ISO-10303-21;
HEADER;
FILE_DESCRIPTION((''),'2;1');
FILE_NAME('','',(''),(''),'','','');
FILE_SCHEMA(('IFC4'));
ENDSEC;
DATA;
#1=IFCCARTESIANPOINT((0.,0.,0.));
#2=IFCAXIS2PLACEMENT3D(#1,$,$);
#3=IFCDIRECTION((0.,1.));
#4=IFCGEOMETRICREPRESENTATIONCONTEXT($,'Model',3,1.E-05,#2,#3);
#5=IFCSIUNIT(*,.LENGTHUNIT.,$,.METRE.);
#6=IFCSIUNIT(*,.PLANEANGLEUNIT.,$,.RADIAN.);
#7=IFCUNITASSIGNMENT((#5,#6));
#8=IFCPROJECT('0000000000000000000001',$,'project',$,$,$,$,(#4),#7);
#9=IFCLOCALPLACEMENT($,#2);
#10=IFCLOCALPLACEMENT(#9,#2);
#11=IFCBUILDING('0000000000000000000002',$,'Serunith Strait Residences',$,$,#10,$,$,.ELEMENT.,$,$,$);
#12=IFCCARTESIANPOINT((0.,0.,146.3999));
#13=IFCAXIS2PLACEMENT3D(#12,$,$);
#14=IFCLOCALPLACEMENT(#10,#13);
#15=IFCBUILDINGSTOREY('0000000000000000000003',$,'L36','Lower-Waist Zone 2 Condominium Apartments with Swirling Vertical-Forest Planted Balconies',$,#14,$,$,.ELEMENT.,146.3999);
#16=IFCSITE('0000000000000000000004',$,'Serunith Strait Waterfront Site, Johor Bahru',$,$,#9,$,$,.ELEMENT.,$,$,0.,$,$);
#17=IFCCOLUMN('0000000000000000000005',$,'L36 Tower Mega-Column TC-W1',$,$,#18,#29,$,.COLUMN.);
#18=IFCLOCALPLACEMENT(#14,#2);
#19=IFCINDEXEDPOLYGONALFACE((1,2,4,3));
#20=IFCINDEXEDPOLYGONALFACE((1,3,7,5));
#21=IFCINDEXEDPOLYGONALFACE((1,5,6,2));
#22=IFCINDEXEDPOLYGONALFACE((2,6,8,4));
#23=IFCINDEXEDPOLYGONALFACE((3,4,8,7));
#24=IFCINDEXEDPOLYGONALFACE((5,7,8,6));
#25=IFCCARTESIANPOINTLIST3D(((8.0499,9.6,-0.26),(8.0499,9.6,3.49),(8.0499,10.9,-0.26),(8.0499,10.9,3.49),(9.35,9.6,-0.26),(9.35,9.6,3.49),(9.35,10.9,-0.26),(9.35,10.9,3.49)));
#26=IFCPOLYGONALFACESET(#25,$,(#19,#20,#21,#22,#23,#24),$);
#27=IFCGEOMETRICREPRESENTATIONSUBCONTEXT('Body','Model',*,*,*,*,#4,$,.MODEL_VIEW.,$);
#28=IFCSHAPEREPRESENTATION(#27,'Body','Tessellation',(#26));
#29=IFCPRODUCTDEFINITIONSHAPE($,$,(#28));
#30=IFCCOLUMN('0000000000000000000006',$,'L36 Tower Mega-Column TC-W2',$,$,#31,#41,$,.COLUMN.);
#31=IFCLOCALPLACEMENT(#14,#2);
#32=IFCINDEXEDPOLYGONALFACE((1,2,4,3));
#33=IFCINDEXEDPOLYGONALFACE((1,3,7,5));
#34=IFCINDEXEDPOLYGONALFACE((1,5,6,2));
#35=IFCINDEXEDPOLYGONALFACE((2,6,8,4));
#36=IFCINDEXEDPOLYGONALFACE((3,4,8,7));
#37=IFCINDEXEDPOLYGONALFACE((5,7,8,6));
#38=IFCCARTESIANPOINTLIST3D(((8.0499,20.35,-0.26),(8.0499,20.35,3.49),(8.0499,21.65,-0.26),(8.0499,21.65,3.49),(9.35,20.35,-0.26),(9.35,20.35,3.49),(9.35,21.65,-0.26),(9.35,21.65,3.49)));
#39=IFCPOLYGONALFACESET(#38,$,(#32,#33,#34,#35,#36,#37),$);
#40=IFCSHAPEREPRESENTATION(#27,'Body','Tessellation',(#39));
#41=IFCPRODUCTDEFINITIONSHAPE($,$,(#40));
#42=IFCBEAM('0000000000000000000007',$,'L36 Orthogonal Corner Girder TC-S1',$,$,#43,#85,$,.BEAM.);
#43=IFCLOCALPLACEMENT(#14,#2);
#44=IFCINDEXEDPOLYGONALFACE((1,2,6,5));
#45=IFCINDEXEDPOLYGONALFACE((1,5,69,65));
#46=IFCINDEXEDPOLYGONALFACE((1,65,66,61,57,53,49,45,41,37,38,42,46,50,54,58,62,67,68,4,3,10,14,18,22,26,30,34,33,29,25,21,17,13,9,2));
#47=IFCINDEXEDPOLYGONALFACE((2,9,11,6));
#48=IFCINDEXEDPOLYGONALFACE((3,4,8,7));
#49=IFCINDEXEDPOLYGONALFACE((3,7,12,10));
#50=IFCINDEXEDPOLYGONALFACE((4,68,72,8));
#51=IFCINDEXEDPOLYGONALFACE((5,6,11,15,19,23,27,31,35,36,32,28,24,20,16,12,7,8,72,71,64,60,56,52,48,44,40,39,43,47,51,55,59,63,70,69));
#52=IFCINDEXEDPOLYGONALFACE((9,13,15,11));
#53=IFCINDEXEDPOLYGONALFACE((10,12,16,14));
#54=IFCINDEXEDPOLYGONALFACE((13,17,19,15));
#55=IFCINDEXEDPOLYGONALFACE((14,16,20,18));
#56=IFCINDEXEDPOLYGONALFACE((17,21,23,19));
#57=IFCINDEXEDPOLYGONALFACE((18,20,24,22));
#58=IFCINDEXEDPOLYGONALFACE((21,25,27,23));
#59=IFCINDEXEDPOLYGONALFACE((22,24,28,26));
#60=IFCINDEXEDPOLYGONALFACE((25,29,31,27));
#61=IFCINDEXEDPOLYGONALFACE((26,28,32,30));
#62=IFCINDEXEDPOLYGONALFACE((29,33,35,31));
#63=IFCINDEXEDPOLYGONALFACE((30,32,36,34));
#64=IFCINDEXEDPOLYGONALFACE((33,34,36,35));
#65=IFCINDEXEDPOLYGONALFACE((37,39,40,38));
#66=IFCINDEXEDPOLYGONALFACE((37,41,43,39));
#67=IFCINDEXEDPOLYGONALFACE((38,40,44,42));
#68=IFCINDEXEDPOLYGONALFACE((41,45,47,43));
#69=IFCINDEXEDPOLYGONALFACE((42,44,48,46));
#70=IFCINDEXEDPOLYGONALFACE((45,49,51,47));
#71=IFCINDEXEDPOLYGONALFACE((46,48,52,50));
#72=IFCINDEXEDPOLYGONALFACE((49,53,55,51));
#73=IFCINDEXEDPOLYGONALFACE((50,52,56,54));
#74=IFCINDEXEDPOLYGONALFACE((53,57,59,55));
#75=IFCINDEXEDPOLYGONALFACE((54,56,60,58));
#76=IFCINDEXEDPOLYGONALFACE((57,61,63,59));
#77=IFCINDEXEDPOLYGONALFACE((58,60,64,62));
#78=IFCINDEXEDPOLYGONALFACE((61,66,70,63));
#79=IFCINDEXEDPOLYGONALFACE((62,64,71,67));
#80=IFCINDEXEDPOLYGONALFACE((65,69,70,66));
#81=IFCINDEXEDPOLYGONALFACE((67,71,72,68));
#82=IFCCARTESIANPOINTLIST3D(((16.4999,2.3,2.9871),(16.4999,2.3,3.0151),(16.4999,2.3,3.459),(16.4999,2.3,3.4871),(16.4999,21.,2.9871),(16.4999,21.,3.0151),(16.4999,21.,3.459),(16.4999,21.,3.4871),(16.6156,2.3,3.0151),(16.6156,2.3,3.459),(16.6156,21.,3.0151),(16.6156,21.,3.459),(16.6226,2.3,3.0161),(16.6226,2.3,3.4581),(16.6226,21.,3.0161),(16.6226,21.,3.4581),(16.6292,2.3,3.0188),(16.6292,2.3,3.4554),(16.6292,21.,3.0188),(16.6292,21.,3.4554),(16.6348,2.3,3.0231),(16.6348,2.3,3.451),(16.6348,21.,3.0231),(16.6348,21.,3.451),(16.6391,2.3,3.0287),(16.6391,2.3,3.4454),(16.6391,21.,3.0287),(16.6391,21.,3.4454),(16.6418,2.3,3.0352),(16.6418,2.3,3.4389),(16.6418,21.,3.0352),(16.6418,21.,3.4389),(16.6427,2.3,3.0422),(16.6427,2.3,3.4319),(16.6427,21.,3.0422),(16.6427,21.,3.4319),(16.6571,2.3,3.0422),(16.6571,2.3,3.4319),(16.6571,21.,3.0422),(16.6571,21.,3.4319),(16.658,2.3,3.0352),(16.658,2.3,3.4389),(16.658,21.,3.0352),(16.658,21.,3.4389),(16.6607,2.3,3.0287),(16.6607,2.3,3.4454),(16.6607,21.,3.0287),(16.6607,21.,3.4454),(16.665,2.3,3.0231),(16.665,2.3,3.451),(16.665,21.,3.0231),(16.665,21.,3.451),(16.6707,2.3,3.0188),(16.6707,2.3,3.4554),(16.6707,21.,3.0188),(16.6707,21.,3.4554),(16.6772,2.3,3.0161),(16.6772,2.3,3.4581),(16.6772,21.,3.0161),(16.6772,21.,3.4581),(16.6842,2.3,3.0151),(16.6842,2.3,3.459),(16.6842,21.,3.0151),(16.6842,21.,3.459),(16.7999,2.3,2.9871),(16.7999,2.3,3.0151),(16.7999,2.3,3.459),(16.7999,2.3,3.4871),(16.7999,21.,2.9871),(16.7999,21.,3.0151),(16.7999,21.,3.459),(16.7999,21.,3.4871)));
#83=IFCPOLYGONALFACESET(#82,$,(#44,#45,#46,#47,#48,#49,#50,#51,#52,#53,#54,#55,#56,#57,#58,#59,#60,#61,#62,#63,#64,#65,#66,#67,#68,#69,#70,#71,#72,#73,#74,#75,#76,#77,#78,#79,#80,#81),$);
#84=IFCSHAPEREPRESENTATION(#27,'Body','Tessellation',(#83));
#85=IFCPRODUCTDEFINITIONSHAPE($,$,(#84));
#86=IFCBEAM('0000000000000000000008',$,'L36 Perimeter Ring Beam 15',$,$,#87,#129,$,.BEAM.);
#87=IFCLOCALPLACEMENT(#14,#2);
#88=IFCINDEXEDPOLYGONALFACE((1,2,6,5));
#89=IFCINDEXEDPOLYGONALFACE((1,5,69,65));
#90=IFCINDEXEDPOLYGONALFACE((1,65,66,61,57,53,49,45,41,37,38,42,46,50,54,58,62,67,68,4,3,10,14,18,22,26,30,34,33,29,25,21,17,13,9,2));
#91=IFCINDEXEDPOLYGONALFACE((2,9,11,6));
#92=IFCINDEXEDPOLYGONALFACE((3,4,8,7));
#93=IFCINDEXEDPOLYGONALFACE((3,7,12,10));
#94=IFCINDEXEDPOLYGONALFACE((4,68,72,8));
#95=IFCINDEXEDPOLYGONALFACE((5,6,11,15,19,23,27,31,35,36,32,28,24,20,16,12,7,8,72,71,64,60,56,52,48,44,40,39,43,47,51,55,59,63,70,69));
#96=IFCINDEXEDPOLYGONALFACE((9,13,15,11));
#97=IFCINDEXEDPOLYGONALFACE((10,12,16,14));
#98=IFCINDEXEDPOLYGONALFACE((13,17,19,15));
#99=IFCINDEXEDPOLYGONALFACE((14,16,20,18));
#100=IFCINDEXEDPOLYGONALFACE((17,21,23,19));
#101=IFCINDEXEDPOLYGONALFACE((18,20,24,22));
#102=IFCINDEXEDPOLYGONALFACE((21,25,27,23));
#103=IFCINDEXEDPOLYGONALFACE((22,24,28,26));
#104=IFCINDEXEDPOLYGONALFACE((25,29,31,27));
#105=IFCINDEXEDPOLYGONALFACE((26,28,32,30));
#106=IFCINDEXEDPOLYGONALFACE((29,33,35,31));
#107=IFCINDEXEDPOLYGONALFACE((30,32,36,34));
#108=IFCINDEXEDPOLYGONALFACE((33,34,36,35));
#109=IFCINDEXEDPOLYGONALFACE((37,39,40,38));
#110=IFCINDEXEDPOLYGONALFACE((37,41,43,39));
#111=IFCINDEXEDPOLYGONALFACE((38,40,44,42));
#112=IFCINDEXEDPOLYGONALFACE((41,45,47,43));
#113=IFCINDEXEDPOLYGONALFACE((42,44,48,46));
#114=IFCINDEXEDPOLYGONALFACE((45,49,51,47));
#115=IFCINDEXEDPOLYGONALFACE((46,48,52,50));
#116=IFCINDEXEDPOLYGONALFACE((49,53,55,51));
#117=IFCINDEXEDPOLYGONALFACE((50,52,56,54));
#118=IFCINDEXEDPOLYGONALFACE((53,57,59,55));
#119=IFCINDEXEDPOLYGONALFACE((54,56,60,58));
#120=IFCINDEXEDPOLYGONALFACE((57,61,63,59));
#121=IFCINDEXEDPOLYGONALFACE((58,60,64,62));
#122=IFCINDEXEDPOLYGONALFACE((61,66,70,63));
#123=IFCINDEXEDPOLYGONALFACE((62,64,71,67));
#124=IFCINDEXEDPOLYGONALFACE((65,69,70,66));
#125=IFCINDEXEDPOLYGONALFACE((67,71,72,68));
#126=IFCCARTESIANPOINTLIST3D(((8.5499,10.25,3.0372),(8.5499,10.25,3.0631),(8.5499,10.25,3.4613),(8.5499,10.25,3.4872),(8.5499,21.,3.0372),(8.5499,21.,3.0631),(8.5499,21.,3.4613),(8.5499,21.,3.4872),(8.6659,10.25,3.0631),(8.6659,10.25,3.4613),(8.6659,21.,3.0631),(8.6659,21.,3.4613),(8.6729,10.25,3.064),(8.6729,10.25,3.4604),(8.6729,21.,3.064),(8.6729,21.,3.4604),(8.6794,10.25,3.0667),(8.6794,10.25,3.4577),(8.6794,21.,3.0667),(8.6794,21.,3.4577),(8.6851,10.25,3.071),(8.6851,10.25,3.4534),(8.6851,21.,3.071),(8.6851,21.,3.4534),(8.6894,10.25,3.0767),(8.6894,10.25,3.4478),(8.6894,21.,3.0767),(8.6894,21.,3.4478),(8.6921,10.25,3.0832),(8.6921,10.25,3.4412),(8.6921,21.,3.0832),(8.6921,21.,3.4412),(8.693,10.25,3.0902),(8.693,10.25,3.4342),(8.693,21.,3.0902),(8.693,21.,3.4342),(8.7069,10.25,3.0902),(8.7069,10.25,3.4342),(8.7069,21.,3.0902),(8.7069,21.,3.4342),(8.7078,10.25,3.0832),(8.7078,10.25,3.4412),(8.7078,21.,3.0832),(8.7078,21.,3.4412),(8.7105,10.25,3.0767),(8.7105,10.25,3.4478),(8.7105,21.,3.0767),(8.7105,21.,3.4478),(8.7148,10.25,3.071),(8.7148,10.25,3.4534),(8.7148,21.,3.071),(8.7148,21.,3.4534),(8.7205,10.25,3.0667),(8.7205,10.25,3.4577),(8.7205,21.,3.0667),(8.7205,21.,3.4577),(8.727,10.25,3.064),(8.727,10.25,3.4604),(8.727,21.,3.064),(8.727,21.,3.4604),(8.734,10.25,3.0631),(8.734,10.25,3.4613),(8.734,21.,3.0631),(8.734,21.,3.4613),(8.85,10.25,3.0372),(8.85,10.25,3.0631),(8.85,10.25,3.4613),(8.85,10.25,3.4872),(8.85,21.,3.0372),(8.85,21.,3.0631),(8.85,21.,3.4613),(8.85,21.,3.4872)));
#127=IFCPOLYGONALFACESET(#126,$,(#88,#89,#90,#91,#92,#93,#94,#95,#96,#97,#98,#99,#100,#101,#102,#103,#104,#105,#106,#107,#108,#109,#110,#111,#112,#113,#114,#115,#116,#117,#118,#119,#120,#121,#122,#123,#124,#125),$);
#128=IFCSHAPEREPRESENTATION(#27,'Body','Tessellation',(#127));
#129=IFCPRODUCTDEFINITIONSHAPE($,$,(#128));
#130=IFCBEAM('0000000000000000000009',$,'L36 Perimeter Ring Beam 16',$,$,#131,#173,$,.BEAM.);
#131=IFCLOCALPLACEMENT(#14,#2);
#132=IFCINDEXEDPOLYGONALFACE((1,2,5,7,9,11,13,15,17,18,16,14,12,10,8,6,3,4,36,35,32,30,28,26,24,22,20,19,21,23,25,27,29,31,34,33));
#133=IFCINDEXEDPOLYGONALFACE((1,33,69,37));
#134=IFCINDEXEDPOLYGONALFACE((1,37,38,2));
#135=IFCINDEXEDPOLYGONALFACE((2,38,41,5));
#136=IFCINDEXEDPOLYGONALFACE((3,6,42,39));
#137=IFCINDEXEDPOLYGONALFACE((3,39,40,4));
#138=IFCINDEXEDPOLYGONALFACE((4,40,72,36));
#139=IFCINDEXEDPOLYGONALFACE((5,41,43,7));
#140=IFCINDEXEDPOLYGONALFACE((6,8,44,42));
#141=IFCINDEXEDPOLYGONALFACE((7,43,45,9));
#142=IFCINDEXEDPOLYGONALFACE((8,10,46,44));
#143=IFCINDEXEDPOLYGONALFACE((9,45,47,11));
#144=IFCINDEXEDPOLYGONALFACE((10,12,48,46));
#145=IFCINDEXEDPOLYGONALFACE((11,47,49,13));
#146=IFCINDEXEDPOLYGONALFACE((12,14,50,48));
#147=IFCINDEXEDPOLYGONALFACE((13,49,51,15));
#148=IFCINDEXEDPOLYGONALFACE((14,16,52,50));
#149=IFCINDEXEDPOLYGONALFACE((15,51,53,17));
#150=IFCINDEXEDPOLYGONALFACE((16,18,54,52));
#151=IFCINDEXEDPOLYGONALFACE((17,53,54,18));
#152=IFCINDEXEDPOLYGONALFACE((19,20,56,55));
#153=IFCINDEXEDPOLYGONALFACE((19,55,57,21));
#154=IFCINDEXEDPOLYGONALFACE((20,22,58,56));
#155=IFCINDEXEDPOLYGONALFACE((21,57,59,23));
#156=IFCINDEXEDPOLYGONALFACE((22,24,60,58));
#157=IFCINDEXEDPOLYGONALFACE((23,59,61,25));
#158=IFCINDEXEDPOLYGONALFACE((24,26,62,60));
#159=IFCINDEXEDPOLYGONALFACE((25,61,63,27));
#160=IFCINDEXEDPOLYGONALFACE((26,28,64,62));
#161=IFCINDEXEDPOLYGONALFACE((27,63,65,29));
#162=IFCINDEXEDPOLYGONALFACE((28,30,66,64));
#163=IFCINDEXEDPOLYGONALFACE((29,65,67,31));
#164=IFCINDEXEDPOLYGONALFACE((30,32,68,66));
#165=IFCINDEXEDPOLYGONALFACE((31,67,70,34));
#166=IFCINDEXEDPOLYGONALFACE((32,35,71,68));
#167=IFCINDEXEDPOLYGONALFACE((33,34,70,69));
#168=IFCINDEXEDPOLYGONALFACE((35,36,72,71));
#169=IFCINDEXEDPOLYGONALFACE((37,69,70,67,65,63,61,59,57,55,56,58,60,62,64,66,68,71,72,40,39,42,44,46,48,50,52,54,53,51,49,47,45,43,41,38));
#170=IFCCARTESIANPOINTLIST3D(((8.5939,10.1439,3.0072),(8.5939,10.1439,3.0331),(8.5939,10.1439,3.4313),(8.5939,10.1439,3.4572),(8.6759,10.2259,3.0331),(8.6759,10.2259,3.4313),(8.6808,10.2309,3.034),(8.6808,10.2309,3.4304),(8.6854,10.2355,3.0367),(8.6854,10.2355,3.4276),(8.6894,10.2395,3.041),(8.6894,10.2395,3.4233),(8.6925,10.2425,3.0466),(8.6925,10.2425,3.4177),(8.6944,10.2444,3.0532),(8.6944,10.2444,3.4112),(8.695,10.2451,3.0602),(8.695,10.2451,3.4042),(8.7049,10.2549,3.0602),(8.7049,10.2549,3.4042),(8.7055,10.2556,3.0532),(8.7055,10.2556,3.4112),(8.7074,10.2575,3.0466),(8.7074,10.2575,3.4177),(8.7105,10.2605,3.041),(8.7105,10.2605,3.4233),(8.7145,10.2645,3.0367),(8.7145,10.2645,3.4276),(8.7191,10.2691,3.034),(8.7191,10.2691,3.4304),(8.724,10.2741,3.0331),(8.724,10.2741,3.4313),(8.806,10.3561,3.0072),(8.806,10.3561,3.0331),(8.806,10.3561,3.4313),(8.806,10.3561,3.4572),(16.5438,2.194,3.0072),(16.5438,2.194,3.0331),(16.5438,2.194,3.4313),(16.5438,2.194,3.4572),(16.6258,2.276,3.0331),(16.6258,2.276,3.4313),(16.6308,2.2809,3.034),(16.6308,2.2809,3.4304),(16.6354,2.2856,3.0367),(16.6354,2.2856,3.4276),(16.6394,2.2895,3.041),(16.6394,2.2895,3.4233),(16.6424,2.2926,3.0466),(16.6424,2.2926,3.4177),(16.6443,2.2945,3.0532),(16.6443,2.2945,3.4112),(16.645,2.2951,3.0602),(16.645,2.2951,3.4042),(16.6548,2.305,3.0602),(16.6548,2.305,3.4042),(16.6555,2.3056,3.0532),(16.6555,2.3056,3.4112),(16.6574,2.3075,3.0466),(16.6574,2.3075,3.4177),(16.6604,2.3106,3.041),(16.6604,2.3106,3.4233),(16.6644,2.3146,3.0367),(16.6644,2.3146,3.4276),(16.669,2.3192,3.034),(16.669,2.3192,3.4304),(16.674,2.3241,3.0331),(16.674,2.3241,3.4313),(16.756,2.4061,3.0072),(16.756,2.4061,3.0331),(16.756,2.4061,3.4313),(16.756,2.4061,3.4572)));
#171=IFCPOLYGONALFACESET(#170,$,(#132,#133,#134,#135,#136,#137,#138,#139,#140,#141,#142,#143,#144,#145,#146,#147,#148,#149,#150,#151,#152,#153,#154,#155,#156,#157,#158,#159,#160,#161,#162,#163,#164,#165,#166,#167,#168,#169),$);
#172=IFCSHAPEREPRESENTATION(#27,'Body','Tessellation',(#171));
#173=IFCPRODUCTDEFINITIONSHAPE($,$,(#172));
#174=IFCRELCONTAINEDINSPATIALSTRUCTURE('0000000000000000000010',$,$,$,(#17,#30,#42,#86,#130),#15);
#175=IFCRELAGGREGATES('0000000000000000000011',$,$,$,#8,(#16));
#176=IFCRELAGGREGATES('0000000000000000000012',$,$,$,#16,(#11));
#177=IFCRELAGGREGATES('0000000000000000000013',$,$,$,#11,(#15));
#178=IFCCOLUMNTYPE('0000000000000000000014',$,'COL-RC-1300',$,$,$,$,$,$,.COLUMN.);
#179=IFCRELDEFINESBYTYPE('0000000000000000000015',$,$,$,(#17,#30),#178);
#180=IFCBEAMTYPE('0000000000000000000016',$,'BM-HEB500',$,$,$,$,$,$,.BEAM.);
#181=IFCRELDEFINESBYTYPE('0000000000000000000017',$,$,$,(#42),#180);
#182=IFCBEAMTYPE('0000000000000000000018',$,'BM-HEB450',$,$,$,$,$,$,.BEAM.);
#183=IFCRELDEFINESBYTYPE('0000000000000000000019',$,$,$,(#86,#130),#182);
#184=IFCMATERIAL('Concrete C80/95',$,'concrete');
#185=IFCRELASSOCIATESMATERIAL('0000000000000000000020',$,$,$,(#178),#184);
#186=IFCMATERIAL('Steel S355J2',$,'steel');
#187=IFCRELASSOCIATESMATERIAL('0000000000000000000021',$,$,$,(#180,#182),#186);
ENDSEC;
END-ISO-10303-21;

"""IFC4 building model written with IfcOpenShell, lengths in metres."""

from ifc_helpers import new_model, si_unit, direction, frame, origin, origin_2d, place, context, subcontext, project, spatial, rectangle, i_section, extrude, source, transform, mapped, material, material_profile, profile_set, type_object, element, save


model = new_model("IFC4")

# Units and contexts
model_context = context("Model", 3, precision=1e-05, world=origin(), true_north=direction((0.0, 1.0)))
body_context = subcontext(model_context, "Body", "Model", "MODEL_VIEW")
ifc_project = project(units=[si_unit("LENGTHUNIT", "METRE"), si_unit("PLANEANGLEUNIT", "RADIAN")], contexts=[model_context])

# Site, building, storey
site_placement = place(None, origin())
site = spatial("IfcSite", under=ifc_project, at=site_placement, Name="Serunith Strait Waterfront Site, Johor Bahru", CompositionType="ELEMENT", RefElevation=0.0)
building_placement = place(site_placement, origin())
building = spatial("IfcBuilding", under=site, at=building_placement, Name="Serunith Strait Residences", CompositionType="ELEMENT")
storey_placement = place(building_placement, frame((0.0, 0.0, 146.3999)))
storey = spatial("IfcBuildingStorey", under=building, at=storey_placement, Name="L36", Description="Lower-Waist Zone 2 Condominium Apartments with Swirling Vertical-Forest Planted Balconies", CompositionType="ELEMENT", Elevation=146.3999)

# Columns
ifc_material_1 = material(Name="Concrete C80/95", Category="concrete")
ifc_material_profile_1 = material_profile(ifc_material_1, rectangle(XDim=1.3, YDim=1.3, at=origin_2d()), Name="RC 1300x1300")
ifc_profile_set_1 = profile_set([ifc_material_profile_1], Name="Concrete C80/95")
column_type = type_object("IfcColumnType", Name="COL-RC-1300", PredefinedType="COLUMN", material=ifc_profile_set_1)
shared_shape_1 = source(origin(), body_context, "Body", "SweptSolid", [
    extrude(rectangle(XDim=1.3, YDim=1.3, at=origin_2d()), origin(), (0.0, 0.0, 1.0), 3.75),
])
for number, where, z_axis, x_axis, name in (
    (1, (8.7, 10.25, -0.26), (0.0, 0.0, 1.0), (1.0, 0.0, 0.0), "L36 Tower Mega-Column TC-W1"),
    (2, (8.7, 21.0, -0.26), (0.0, 0.0, 1.0), (1.0, 0.0, 0.0), "L36 Tower Mega-Column TC-W2"),
):
    element("IfcColumn", number, at=place(storey_placement, frame(where, z_axis=z_axis, x_axis=x_axis)), inside=storey, type_object=column_type, Name=name, PredefinedType="COLUMN", context=body_context, shape_type="MappedRepresentation", body=[
        mapped(shared_shape_1, transform((0.0, 0.0, 0.0), scale=1.0)),
    ])

# Beams
ifc_material_2 = material(Name="Steel S355J2", Category="steel")
ifc_material_profile_2 = material_profile(ifc_material_2, i_section(OverallWidth=0.3, OverallDepth=0.5, WebThickness=0.0144, FlangeThickness=0.0281, FilletRadius=0.0271, at=origin_2d()), Name="HEB 500")
ifc_profile_set_2 = profile_set([ifc_material_profile_2], Name="Steel S355J2")
beam_type_1 = type_object("IfcBeamType", Name="BM-HEB500", PredefinedType="BEAM", material=ifc_profile_set_2)
shared_shape_2 = source(origin(), body_context, "Body", "SweptSolid", [
    extrude(i_section(OverallWidth=0.3, OverallDepth=0.5, WebThickness=0.0144, FlangeThickness=0.0281, FilletRadius=0.0271, at=origin_2d()), origin(), (0.0, 0.0, 1.0), 18.7),
])
beam_1_placement = place(storey_placement, frame((16.6499, 21.0, 3.2371), z_axis=(0.0, -1.0, 0.0), x_axis=(1.0, 0.0, 0.0)))
element("IfcBeam", 3, at=beam_1_placement, inside=storey, type_object=beam_type_1, Name="L36 Orthogonal Corner Girder TC-S1", PredefinedType="BEAM", context=body_context, shape_type="MappedRepresentation", body=[
    mapped(shared_shape_2, transform((0.0, 0.0, 0.0), scale=1.0)),
])
ifc_material_profile_3 = material_profile(ifc_material_2, i_section(OverallWidth=0.3, OverallDepth=0.45, WebThickness=0.0139, FlangeThickness=0.0259, FilletRadius=0.0271, at=origin_2d()), Name="HEB 450")
ifc_profile_set_3 = profile_set([ifc_material_profile_3], Name="Steel S355J2")
beam_type_2 = type_object("IfcBeamType", Name="BM-HEB450", PredefinedType="BEAM", material=ifc_profile_set_3)
shared_shape_3 = source(origin(), body_context, "Body", "SweptSolid", [
    extrude(i_section(OverallWidth=0.3, OverallDepth=0.45, WebThickness=0.0139, FlangeThickness=0.0259, FilletRadius=0.0271, at=origin_2d()), origin(), (0.0, 0.0, 1.0), 10.75),
])
beam_2_placement = place(storey_placement, frame((8.7, 21.0, 3.2622), z_axis=(0.0, -1.0, 0.0), x_axis=(1.0, 0.0, 0.0)))
element("IfcBeam", 4, at=beam_2_placement, inside=storey, type_object=beam_type_2, Name="L36 Perimeter Ring Beam 15", PredefinedType="BEAM", context=body_context, shape_type="MappedRepresentation", body=[
    mapped(shared_shape_3, transform((0.0, 0.0, 0.0), scale=1.0)),
])
shared_shape_4 = source(origin(), body_context, "Body", "SweptSolid", [
    extrude(i_section(OverallWidth=0.3, OverallDepth=0.45, WebThickness=0.0139, FlangeThickness=0.0259, FilletRadius=0.0271, at=origin_2d()), origin(), (0.0, 0.0, 1.0), 11.2429),
])
beam_3_placement = place(storey_placement, frame((8.7, 10.25, 3.2322), z_axis=(0.707107, -0.707107, 0.0), x_axis=(0.707107, 0.707107, 0.0)))
element("IfcBeam", 5, at=beam_3_placement, inside=storey, type_object=beam_type_2, Name="L36 Perimeter Ring Beam 16", PredefinedType="BEAM", context=body_context, shape_type="MappedRepresentation", body=[
    mapped(shared_shape_4, transform((0.0, 0.0, 0.0), scale=1.0)),
])

save(model, "model.ifc")
